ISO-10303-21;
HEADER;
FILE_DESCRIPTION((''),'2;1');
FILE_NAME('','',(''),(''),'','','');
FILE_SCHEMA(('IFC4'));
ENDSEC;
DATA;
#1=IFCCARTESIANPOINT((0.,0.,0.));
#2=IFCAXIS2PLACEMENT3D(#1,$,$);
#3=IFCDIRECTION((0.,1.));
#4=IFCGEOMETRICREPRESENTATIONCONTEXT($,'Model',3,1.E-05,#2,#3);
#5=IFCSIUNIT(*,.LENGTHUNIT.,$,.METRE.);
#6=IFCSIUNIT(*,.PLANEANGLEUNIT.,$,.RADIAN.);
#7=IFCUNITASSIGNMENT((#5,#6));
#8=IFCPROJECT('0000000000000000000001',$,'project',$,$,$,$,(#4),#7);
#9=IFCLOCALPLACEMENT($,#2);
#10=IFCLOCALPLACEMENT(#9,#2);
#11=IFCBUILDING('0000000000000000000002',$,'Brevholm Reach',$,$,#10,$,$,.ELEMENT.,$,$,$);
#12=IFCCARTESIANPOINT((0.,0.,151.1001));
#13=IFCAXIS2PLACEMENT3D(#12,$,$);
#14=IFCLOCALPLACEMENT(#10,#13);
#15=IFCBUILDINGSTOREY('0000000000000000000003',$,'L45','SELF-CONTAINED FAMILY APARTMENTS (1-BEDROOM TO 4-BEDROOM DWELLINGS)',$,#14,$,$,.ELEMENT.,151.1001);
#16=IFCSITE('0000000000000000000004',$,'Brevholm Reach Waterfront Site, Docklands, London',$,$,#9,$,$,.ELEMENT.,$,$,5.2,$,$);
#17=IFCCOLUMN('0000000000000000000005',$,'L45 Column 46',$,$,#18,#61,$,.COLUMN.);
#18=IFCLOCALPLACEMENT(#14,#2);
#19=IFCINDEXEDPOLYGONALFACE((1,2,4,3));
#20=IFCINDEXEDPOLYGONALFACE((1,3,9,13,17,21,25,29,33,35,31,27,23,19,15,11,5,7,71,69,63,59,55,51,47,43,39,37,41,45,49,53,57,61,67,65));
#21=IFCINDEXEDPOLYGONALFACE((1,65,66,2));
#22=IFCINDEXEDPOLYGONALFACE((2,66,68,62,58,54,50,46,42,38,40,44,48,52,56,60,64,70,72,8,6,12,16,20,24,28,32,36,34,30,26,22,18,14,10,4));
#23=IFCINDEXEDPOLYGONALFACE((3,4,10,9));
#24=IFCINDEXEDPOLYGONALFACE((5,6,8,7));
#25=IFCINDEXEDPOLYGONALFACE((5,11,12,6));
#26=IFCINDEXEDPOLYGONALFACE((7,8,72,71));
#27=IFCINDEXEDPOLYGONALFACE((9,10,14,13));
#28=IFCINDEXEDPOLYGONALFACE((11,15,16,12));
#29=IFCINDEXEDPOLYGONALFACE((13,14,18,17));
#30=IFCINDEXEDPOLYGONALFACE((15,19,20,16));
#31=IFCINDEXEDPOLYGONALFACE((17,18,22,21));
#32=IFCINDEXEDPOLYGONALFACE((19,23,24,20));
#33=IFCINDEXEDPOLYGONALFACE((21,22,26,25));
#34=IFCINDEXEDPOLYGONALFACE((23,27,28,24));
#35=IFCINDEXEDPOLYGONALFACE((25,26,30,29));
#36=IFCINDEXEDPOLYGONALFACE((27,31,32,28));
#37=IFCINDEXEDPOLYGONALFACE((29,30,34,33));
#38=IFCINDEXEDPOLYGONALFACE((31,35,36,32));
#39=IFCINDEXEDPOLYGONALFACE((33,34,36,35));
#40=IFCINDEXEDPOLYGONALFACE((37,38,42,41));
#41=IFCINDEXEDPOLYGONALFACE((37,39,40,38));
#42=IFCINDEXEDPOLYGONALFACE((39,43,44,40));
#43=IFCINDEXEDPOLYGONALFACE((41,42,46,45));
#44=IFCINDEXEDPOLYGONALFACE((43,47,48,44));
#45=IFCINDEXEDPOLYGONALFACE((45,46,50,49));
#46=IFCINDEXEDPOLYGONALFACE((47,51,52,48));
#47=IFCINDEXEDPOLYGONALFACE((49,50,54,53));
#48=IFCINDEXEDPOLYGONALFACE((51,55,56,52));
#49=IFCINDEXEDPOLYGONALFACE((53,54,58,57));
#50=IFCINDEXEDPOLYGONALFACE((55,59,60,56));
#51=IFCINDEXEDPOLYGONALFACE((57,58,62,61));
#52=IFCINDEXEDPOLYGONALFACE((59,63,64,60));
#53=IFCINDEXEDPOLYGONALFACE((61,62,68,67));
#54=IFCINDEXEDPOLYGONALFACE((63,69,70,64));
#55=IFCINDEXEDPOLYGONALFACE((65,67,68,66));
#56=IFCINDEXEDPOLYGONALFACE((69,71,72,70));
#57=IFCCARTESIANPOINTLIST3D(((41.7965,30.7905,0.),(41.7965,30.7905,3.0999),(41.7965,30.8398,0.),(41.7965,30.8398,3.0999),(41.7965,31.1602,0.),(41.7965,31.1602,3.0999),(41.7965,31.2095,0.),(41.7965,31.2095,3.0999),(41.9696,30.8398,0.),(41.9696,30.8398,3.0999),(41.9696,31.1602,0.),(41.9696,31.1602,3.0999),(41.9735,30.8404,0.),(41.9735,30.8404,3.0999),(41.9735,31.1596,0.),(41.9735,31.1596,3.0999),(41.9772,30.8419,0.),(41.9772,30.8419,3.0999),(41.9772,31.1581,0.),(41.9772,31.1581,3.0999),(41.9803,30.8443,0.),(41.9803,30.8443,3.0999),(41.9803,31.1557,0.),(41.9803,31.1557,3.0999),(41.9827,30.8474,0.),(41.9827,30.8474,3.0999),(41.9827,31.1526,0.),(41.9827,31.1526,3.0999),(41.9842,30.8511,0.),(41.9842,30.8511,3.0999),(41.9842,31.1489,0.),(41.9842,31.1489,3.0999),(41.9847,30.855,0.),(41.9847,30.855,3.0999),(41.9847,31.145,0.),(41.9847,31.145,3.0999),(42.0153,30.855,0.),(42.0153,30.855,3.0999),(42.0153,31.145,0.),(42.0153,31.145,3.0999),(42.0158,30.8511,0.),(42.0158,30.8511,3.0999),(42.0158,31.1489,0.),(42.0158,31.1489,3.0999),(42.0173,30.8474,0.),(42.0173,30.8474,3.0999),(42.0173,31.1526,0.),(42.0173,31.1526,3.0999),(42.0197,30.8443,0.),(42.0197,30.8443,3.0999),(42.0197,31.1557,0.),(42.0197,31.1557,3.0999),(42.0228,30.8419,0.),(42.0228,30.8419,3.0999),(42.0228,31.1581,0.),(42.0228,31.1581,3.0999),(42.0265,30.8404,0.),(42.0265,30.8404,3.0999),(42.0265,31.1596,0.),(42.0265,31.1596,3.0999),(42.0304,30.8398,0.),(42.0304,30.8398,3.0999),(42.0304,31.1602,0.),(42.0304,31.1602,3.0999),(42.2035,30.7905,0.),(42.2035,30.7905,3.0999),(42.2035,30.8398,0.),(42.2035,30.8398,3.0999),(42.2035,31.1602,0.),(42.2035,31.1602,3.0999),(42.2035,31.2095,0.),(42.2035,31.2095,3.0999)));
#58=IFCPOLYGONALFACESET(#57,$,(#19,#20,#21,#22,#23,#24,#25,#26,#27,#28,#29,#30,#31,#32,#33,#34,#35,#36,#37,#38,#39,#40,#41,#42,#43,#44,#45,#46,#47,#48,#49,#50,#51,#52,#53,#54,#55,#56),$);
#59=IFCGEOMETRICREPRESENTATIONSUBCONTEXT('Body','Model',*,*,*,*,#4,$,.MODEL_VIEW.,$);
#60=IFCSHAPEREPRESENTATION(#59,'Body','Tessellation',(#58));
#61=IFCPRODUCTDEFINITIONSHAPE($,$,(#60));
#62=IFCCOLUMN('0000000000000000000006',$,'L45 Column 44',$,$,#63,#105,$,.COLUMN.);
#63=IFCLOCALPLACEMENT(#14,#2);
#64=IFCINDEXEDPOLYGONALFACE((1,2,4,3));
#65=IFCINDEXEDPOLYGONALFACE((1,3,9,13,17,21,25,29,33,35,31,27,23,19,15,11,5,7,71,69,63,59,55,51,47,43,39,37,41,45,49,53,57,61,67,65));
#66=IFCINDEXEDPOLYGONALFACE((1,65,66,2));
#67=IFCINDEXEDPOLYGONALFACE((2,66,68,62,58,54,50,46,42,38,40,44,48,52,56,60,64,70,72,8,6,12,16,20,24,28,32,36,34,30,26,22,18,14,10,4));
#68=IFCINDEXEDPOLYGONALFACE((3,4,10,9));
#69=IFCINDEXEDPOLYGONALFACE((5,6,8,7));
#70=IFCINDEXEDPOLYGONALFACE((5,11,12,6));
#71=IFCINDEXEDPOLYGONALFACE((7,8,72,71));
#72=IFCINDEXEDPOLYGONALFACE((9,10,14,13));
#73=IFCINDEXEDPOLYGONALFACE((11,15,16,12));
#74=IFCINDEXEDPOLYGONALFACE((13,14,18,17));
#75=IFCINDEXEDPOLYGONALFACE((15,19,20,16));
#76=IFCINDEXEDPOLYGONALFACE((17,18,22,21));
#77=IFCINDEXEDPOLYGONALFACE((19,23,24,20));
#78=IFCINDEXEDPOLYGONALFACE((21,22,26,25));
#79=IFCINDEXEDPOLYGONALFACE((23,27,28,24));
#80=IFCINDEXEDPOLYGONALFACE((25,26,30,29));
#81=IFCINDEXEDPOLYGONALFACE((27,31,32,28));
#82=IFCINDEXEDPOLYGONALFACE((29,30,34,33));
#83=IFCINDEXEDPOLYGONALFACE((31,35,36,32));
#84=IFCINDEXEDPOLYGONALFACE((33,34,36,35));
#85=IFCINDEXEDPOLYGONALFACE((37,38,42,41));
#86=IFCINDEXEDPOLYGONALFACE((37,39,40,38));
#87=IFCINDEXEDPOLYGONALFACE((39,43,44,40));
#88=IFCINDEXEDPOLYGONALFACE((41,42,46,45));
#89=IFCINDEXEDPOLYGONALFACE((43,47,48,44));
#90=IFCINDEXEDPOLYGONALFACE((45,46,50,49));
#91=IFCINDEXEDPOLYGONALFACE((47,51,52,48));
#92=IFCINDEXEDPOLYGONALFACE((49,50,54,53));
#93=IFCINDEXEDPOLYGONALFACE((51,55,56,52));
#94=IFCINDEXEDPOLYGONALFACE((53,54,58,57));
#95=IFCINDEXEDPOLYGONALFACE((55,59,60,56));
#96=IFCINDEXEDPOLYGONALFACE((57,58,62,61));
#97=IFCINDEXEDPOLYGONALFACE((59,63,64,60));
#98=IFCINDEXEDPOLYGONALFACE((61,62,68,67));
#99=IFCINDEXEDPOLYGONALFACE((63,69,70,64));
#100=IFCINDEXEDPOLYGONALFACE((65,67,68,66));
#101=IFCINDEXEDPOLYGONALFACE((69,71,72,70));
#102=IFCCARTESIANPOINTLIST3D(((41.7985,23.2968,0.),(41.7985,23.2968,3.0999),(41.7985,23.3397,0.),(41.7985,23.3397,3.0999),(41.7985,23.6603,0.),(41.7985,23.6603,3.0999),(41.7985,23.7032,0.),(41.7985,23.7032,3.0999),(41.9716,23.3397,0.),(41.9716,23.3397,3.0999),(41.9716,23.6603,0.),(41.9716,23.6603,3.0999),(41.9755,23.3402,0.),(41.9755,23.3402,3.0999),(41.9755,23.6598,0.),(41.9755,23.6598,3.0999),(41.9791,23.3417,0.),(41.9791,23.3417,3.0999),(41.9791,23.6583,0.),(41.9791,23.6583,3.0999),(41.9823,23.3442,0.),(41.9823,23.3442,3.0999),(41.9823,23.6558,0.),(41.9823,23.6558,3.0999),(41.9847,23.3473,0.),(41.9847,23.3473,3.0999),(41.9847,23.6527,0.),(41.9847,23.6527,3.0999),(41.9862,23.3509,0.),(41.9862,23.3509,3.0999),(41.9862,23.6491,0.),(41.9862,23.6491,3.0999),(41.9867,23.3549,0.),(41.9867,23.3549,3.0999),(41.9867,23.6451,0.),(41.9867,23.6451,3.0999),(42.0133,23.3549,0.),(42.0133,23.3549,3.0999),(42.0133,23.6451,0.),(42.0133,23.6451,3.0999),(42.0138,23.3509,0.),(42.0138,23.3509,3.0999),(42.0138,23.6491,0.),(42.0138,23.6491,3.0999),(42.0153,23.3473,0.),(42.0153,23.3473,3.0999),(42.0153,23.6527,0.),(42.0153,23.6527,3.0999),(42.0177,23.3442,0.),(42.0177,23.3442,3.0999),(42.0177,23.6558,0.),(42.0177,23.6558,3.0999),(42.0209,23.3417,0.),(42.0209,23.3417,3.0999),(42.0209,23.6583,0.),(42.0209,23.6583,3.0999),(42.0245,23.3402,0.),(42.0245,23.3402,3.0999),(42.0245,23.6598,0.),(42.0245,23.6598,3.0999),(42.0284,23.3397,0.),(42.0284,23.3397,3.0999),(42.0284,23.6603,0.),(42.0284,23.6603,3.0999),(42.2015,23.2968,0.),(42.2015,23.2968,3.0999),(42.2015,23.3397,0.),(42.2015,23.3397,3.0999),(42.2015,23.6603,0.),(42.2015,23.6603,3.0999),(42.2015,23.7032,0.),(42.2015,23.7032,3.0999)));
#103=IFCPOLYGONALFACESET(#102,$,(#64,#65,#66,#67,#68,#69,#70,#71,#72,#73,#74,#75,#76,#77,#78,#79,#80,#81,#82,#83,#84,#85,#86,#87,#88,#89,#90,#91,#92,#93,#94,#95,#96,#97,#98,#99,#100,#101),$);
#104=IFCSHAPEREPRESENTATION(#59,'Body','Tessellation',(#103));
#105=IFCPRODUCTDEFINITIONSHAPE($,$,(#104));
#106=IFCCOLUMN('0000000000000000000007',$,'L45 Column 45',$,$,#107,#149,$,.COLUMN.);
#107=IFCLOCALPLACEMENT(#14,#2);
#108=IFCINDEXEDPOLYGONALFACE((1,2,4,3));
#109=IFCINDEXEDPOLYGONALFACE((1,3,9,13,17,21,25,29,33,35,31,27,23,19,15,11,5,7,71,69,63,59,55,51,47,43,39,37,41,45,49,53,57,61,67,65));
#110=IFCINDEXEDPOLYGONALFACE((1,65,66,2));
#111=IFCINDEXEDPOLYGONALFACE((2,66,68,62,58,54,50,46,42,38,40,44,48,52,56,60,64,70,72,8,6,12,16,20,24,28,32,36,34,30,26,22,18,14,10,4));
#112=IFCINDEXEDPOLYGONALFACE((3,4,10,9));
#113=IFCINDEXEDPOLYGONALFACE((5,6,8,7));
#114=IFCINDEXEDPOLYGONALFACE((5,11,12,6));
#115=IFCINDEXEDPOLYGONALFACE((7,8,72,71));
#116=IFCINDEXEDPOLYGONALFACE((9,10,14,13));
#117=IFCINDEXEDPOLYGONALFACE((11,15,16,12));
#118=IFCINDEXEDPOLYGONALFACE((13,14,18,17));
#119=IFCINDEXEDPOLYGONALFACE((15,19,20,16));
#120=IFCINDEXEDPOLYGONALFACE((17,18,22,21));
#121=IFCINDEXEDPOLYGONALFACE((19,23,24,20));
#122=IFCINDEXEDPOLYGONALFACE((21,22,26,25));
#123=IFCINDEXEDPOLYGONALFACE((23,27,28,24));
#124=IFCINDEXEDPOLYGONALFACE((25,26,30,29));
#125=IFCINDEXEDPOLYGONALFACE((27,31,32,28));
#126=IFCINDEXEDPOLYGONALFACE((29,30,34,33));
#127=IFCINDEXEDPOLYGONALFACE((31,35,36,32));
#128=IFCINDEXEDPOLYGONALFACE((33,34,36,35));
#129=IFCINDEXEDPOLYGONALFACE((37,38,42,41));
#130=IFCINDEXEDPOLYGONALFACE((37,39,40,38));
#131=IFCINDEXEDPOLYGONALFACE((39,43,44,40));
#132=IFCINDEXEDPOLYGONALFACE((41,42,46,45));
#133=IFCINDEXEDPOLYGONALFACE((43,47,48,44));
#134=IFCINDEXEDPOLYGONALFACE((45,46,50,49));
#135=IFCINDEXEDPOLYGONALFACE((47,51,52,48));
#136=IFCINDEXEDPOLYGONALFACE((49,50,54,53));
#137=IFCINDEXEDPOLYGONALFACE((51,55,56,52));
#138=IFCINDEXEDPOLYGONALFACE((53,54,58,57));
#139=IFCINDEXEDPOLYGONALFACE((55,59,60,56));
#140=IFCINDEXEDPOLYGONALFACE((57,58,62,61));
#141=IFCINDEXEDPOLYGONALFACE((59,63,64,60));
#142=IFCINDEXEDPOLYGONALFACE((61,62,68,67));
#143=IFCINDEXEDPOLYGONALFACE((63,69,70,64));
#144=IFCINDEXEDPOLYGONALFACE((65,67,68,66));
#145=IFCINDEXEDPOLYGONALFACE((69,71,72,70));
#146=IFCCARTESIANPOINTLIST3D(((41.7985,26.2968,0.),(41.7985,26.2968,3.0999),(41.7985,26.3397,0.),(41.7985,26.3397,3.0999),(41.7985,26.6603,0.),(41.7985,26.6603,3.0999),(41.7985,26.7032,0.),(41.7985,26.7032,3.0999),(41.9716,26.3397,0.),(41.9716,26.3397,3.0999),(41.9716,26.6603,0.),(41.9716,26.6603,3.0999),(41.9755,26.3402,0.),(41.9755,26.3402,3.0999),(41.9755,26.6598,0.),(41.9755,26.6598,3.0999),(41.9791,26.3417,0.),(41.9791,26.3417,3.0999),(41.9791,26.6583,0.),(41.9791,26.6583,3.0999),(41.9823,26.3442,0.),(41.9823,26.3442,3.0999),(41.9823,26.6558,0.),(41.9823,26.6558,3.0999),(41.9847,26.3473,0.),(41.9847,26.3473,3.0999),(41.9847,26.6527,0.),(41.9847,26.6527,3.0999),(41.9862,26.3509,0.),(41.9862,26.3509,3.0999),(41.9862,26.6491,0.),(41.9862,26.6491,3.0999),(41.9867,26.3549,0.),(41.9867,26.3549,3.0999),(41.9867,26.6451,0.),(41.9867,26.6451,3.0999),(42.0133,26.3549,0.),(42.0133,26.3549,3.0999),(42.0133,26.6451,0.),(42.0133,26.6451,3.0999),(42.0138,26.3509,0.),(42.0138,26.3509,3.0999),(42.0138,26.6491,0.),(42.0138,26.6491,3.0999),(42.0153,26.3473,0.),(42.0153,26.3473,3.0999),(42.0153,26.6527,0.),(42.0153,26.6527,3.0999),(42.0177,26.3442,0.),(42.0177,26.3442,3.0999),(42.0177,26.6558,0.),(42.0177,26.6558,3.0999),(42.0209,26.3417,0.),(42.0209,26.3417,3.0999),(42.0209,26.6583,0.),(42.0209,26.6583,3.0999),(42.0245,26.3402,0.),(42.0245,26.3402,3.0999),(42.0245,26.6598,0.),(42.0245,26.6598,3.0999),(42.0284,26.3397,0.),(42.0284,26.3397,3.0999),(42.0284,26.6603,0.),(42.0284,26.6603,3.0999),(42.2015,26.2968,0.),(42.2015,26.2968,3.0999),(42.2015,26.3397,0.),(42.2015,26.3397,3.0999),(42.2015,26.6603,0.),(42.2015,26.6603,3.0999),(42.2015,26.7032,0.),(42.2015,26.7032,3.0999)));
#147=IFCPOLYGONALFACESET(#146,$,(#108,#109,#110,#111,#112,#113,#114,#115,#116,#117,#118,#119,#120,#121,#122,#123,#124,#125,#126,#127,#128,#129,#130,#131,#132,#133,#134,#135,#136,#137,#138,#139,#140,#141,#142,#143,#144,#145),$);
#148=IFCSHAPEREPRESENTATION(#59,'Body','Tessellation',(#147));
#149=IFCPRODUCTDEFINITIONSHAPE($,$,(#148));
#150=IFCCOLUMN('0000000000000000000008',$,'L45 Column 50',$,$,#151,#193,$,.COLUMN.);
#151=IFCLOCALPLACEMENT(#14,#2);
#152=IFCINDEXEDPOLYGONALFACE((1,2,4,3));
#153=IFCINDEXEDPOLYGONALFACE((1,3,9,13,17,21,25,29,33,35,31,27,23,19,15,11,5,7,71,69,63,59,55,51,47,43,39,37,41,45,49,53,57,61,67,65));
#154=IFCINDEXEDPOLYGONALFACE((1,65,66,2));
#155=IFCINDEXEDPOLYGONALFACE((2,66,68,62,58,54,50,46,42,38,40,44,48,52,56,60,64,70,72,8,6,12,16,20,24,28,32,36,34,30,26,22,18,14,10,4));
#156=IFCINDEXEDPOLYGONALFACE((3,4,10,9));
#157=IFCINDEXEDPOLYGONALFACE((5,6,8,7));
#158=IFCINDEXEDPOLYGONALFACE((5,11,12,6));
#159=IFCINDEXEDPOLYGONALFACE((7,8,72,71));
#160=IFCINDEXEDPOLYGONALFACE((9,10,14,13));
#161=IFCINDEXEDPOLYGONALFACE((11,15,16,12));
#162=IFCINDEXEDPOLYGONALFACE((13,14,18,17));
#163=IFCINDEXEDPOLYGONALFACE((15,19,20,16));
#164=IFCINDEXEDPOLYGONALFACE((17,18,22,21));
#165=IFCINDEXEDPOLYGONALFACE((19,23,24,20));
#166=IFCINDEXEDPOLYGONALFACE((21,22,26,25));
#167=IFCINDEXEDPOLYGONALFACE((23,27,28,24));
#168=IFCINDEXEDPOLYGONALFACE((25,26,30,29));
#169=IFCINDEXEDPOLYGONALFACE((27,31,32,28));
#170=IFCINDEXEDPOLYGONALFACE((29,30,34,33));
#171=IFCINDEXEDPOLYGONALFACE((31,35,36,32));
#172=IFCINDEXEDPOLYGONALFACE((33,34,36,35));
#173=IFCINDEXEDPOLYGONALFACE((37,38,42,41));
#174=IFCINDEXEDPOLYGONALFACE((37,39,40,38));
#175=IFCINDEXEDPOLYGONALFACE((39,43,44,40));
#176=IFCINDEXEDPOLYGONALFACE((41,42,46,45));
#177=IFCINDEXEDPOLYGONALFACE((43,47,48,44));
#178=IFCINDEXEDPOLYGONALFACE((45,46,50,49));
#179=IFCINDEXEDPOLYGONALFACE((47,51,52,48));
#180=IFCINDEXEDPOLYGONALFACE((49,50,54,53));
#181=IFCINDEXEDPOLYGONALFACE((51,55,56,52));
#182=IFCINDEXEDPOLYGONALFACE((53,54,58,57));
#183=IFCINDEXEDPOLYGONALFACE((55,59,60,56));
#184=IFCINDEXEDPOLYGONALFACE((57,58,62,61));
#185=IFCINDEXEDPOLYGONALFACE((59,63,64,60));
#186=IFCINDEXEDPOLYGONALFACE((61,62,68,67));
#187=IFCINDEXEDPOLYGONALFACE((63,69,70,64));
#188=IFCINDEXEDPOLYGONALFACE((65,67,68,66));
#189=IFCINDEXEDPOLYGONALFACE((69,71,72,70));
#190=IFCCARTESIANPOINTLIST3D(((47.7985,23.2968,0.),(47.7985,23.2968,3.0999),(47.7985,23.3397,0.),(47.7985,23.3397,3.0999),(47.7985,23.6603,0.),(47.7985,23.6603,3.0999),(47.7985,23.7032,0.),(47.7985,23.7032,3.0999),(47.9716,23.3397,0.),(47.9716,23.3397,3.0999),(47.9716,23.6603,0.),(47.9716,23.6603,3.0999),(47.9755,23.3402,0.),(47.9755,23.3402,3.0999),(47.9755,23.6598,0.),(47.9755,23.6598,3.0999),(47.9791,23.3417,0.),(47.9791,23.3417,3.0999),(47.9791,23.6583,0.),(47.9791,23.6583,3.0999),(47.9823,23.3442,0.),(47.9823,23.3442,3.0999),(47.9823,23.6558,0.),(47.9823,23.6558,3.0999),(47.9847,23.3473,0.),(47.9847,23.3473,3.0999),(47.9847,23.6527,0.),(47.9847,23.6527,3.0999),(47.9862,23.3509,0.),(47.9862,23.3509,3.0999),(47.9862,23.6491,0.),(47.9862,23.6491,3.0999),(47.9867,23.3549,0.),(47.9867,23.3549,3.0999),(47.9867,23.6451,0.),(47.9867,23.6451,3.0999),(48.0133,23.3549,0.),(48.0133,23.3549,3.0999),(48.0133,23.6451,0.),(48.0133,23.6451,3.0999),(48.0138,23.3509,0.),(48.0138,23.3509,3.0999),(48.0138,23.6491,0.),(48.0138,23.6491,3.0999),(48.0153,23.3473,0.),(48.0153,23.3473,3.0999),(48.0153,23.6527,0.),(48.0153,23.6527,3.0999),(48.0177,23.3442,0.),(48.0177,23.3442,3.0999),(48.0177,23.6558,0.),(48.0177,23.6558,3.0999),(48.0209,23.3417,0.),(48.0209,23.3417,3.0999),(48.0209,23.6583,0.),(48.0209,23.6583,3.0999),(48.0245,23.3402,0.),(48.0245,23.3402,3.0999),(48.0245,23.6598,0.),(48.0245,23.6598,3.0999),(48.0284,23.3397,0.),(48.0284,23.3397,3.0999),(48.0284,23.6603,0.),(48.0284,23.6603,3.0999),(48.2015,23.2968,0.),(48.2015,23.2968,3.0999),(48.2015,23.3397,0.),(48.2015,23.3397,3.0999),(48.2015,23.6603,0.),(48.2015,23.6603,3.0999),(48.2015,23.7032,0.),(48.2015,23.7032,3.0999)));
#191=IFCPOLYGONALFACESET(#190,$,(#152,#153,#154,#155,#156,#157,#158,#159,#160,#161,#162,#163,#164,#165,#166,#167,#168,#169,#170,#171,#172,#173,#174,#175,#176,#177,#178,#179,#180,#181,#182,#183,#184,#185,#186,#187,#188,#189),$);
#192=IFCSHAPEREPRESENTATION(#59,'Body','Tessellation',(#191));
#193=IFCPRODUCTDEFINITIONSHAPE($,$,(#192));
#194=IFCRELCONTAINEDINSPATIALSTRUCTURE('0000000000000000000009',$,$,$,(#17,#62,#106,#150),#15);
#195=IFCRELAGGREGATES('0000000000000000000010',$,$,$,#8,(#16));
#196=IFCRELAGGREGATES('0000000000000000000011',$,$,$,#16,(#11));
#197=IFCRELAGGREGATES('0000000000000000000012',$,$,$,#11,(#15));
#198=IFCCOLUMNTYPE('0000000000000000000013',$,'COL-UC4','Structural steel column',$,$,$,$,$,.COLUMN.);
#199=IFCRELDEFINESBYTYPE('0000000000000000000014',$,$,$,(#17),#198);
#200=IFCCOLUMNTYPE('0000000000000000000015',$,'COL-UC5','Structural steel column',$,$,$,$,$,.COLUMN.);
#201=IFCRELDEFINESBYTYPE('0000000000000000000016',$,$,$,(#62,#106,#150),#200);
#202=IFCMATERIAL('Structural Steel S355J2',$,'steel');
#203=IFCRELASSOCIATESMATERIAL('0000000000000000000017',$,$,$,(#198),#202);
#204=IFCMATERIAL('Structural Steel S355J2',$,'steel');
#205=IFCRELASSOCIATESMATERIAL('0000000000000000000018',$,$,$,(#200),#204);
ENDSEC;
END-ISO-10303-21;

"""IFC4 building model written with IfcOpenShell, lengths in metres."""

from ifc_helpers import new_model, si_unit, direction, frame, origin, origin_2d, place, context, subcontext, project, spatial, i_section, extrude, material, material_profile, profile_set, type_object, element, save


model = new_model("IFC4")

# Units and contexts
model_context = context("Model", 3, precision=1e-05, world=origin(), true_north=direction((0.0, 1.0)))
body_context = subcontext(model_context, "Body", "Model", "MODEL_VIEW")
ifc_project = project(units=[si_unit("LENGTHUNIT", "METRE"), si_unit("PLANEANGLEUNIT", "RADIAN")], contexts=[model_context])

# Site, building, storey
site_placement = place(None, origin())
site = spatial("IfcSite", under=ifc_project, at=site_placement, Name="Brevholm Reach Waterfront Site, Docklands, London", CompositionType="ELEMENT", RefElevation=5.2)
building_placement = place(site_placement, origin())
building = spatial("IfcBuilding", under=site, at=building_placement, Name="Brevholm Reach", CompositionType="ELEMENT")
storey_placement = place(building_placement, frame((0.0, 0.0, 151.1001)))
storey = spatial("IfcBuildingStorey", under=building, at=storey_placement, Name="L45", Description="SELF-CONTAINED FAMILY APARTMENTS (1-BEDROOM TO 4-BEDROOM DWELLINGS)", CompositionType="ELEMENT", Elevation=151.1001)

# Columns
ifc_material_1 = material(Name="Structural Steel S355J2", Category="steel")
ifc_material_profile_1 = material_profile(ifc_material_1, i_section(OverallWidth=0.407, OverallDepth=0.4189, WebThickness=0.0305, FlangeThickness=0.0493, FilletRadius=0.0151, at=origin_2d()), Name="UKC 356x406x393")
ifc_profile_set_1 = profile_set([ifc_material_profile_1], Name="Structural Steel S355J2")
column_type_1 = type_object("IfcColumnType", Name="COL-UC4", Description="Structural steel column", PredefinedType="COLUMN", material=ifc_profile_set_1)
column_placement = place(storey_placement, frame((42.0, 31.0, 0.0), z_axis=(0.0, 0.0, 1.0), x_axis=(1.0, 0.0, 0.0)))
element("IfcColumn", 1, at=column_placement, inside=storey, type_object=column_type_1, Name="L45 Column 46", PredefinedType="COLUMN", context=body_context, shape_type="SweptSolid", body=[
    extrude(i_section(OverallWidth=0.407, OverallDepth=0.4189, WebThickness=0.0305, FlangeThickness=0.0493, FilletRadius=0.0151, at=origin_2d()), origin(), (0.0, 0.0, 1.0), 3.0999),
])
ifc_material_2 = material(Name="Structural Steel S355J2", Category="steel")
ifc_material_profile_2 = material_profile(ifc_material_2, i_section(OverallWidth=0.4031, OverallDepth=0.4065, WebThickness=0.0266, FlangeThickness=0.043, FilletRadius=0.0151, at=origin_2d()), Name="UKC 356x406x340")
ifc_profile_set_2 = profile_set([ifc_material_profile_2], Name="Structural Steel S355J2")
column_type_2 = type_object("IfcColumnType", Name="COL-UC5", Description="Structural steel column", PredefinedType="COLUMN", material=ifc_profile_set_2)
for number, where, z_axis, x_axis, name in (
    (2, (42.0, 23.5, 0.0), (0.0, 0.0, 1.0), (1.0, 0.0, 0.0), "L45 Column 44"),
    (3, (42.0, 26.5, 0.0), (0.0, 0.0, 1.0), (1.0, 0.0, 0.0), "L45 Column 45"),
    (4, (48.0, 23.5, 0.0), (0.0, 0.0, 1.0), (1.0, 0.0, 0.0), "L45 Column 50"),
):
    element("IfcColumn", number, at=place(storey_placement, frame(where, z_axis=z_axis, x_axis=x_axis)), inside=storey, type_object=column_type_2, Name=name, PredefinedType="COLUMN", context=body_context, shape_type="SweptSolid", body=[
        extrude(i_section(OverallWidth=0.4031, OverallDepth=0.4065, WebThickness=0.0266, FlangeThickness=0.043, FilletRadius=0.0151, at=origin_2d()), origin(), (0.0, 0.0, 1.0), 3.0999),
    ])

save(model, "model.ifc")
